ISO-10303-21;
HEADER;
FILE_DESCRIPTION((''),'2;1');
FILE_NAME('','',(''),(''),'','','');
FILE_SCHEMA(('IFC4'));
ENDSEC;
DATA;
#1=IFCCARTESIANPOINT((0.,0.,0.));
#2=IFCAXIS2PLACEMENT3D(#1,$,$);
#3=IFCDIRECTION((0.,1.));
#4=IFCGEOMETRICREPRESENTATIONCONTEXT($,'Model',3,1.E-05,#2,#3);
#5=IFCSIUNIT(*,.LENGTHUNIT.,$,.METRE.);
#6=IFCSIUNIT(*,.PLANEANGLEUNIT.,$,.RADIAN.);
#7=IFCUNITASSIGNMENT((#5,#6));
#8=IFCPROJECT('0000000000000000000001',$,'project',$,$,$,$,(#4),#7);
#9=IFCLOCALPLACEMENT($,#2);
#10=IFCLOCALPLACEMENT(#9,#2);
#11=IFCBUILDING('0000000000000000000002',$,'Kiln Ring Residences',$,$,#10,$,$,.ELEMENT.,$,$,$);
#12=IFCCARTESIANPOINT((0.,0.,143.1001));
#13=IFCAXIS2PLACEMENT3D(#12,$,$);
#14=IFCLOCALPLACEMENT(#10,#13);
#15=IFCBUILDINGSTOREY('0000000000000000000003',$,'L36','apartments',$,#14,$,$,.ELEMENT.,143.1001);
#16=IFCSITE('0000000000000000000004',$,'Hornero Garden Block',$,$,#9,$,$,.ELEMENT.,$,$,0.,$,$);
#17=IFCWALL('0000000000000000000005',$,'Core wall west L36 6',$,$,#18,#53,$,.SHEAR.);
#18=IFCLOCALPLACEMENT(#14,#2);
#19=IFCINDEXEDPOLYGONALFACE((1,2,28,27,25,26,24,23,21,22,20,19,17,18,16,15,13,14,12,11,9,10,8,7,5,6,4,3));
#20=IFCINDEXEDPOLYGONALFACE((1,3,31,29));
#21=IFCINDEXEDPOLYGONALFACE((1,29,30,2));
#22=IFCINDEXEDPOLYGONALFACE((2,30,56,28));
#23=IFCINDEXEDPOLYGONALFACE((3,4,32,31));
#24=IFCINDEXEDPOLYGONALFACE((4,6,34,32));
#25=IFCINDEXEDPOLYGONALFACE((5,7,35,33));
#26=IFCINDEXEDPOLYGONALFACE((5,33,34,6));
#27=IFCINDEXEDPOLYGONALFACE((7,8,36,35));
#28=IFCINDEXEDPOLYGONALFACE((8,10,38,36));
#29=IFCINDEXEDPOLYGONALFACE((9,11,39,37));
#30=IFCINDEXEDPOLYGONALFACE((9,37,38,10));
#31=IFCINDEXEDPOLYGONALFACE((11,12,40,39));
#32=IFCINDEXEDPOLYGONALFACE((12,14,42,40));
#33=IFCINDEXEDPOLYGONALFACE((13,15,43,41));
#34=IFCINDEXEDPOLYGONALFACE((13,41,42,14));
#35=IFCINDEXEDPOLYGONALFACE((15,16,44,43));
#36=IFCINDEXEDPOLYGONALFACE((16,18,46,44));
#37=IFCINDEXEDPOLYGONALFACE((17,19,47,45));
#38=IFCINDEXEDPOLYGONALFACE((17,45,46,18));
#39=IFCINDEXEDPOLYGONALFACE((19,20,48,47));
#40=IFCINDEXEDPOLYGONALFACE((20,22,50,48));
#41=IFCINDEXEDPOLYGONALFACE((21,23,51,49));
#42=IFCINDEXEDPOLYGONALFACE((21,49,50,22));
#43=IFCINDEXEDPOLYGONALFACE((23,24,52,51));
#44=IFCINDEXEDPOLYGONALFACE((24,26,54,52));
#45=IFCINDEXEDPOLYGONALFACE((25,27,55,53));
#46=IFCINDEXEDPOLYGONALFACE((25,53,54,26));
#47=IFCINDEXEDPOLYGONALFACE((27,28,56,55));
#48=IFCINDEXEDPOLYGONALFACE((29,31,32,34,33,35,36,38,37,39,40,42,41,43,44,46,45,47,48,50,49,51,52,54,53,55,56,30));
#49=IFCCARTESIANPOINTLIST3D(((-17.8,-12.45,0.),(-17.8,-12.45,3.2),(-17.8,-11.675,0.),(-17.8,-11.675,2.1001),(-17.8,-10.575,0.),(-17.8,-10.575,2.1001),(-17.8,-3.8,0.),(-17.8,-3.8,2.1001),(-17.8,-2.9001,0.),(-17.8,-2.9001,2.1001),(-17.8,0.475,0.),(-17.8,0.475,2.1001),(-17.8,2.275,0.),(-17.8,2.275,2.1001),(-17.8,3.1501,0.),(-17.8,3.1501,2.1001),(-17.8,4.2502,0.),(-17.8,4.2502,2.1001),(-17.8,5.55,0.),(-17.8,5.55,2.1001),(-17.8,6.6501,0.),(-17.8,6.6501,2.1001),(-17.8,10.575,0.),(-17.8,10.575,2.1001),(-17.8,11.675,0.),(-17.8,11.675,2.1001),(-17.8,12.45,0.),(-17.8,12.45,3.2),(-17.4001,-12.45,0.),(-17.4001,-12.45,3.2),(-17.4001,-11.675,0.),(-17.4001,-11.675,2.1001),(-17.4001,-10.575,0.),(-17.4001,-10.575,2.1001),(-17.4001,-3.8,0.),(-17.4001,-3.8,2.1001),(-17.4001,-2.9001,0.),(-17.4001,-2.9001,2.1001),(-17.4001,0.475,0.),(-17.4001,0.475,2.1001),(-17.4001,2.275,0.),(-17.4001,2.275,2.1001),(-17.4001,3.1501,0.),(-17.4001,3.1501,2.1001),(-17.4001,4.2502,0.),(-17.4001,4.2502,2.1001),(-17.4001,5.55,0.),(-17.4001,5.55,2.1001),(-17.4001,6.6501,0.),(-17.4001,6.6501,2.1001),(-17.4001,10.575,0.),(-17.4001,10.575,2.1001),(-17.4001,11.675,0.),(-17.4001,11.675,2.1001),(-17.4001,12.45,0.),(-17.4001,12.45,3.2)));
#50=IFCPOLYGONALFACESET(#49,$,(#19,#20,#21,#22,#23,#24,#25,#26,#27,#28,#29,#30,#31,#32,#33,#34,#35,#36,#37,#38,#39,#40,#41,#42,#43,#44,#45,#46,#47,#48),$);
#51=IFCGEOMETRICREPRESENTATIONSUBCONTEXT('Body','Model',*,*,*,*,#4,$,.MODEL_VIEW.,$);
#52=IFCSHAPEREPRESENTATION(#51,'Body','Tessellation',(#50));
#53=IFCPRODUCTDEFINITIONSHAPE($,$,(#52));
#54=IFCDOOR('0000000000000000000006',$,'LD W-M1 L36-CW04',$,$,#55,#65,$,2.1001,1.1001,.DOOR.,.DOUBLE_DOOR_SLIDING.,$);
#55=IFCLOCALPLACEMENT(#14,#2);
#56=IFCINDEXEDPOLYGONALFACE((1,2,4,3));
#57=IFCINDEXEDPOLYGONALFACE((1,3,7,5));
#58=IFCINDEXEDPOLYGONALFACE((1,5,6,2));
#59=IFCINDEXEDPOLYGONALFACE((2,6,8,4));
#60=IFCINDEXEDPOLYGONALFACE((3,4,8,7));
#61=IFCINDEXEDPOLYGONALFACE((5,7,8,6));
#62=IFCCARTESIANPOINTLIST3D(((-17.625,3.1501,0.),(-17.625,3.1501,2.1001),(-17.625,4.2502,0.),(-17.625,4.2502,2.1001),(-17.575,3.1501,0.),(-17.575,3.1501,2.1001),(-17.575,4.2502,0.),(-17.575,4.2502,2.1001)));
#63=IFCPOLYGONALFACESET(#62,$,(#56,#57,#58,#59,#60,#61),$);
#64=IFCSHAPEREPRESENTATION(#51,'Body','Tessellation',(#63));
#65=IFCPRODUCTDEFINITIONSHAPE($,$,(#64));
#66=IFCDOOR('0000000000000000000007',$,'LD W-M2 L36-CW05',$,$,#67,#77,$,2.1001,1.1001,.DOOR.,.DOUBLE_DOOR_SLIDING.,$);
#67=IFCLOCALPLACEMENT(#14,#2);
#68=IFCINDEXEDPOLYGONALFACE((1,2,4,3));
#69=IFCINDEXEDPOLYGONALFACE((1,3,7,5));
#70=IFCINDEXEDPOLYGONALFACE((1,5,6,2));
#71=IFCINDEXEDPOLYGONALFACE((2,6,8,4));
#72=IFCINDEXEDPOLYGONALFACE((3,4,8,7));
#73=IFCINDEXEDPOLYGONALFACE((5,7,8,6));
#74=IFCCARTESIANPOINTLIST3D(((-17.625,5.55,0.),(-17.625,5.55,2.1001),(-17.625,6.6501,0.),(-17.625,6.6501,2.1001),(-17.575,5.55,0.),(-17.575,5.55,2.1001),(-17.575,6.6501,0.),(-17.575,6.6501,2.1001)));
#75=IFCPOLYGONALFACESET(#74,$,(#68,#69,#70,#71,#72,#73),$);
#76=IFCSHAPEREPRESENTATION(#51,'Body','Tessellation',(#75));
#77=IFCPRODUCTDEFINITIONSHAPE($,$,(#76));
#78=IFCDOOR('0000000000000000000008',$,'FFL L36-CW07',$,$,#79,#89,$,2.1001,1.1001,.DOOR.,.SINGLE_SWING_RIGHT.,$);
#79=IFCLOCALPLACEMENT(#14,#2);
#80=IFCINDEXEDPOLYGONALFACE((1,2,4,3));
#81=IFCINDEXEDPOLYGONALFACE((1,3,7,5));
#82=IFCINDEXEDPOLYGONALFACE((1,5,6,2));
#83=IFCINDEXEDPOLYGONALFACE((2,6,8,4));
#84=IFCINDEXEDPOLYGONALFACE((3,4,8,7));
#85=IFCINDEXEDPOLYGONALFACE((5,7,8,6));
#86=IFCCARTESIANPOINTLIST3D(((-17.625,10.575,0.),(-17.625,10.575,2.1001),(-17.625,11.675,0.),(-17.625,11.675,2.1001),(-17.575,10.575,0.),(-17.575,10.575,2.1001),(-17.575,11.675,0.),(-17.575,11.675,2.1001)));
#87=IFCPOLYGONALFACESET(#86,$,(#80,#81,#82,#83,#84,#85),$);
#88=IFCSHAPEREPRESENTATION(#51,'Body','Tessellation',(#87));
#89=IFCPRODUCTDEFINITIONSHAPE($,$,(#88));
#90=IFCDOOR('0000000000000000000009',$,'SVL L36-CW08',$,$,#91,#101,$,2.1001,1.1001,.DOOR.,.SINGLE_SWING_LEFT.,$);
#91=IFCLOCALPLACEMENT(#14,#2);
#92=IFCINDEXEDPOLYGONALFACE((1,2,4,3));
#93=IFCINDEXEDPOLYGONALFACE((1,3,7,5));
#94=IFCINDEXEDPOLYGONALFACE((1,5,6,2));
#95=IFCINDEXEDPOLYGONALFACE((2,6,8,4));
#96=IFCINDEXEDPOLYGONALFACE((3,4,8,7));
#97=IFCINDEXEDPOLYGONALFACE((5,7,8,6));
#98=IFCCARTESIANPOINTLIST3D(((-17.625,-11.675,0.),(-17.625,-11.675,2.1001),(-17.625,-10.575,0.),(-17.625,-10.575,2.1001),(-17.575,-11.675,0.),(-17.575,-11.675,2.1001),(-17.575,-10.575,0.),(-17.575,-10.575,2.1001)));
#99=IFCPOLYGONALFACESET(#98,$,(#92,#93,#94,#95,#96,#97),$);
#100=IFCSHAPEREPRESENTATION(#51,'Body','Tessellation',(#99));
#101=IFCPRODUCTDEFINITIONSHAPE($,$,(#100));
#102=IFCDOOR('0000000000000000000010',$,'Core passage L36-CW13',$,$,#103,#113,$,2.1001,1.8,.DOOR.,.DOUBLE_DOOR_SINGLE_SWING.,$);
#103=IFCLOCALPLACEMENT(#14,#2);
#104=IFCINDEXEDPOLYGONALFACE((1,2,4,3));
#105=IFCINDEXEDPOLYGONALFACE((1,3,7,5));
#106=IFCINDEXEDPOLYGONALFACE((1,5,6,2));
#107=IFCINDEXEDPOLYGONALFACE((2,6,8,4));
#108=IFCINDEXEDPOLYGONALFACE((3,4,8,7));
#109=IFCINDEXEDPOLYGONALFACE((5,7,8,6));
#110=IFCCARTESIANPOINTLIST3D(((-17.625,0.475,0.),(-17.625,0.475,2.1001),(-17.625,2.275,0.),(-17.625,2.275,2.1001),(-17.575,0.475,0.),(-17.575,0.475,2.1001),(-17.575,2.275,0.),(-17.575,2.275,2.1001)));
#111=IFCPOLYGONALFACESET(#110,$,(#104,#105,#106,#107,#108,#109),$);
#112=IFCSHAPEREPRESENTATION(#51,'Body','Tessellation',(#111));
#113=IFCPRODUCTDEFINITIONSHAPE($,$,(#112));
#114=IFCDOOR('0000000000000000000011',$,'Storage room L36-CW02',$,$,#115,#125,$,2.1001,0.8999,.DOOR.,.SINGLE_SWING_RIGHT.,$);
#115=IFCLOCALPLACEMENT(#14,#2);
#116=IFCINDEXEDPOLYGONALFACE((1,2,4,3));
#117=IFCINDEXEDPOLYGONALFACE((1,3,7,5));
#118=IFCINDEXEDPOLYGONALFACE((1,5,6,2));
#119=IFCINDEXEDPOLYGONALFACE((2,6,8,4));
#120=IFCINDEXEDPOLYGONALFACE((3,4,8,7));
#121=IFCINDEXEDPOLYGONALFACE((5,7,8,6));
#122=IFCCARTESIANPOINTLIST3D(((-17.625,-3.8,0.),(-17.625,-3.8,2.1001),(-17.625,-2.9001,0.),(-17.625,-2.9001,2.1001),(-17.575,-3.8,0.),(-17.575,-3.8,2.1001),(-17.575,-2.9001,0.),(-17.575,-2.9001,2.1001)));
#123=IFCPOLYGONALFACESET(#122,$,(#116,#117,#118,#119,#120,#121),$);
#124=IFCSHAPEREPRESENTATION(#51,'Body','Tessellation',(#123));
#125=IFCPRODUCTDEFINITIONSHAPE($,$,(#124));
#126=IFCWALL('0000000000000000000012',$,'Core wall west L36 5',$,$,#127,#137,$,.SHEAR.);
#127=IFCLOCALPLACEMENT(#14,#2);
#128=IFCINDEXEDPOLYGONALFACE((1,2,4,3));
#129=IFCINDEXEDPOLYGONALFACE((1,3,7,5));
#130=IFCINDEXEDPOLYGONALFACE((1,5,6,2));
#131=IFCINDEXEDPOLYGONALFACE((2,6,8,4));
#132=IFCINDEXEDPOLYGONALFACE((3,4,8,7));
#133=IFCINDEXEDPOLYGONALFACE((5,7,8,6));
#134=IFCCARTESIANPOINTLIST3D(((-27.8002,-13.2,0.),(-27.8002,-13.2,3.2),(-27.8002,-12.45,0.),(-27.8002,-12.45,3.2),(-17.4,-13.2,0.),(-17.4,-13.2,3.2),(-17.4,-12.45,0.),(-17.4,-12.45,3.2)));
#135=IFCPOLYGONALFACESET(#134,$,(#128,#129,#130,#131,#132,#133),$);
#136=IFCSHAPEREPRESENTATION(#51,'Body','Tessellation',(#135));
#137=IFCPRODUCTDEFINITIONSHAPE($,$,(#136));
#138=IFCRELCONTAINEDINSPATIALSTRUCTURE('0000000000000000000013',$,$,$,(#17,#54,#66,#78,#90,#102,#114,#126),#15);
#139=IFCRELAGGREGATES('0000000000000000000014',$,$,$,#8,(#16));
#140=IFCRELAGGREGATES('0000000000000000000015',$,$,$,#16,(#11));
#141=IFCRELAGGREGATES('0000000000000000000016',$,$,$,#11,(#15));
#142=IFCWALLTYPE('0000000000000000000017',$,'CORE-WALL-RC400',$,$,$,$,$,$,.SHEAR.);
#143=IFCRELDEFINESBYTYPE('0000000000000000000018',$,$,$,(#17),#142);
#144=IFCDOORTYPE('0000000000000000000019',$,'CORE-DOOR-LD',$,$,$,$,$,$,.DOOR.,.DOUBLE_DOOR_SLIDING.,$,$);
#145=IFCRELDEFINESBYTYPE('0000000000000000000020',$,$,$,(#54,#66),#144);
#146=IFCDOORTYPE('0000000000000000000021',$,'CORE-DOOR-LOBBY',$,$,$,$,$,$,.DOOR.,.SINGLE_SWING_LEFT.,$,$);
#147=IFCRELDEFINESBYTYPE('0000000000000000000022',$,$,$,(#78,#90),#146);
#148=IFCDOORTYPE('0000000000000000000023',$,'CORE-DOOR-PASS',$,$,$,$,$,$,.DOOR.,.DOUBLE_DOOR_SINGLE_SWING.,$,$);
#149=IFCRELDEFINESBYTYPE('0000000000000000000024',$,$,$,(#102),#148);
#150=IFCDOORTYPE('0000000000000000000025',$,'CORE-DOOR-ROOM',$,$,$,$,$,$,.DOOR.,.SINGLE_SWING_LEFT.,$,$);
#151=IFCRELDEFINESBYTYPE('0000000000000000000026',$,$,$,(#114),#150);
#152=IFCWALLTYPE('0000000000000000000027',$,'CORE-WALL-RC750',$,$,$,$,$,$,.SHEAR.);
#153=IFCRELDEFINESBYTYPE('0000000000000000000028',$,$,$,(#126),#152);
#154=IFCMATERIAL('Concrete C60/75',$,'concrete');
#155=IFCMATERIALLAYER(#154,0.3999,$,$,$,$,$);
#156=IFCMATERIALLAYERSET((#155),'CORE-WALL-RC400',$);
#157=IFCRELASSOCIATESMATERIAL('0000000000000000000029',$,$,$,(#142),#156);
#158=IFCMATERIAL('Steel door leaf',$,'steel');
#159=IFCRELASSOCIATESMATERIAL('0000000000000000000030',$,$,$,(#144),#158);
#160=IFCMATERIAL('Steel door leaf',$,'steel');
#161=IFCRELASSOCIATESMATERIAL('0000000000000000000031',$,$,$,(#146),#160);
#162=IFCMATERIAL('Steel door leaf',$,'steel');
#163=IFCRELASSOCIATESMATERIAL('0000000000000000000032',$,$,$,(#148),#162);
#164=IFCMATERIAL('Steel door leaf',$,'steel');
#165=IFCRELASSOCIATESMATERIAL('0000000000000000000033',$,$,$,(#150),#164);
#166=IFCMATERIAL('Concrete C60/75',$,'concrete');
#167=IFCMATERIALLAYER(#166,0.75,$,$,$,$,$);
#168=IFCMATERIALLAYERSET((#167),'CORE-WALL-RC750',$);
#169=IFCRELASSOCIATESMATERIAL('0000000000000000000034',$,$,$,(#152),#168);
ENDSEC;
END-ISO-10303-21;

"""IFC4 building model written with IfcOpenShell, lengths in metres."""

from ifc_helpers import new_model, si_unit, direction, frame, frame_2d, origin, place, context, subcontext, project, spatial, rectangle, extrude, material, layer, layer_set, type_object, element, fill, save


model = new_model("IFC4")

# Units and contexts
model_context = context("Model", 3, precision=1e-05, world=origin(), true_north=direction((0.0, 1.0)))
body_context = subcontext(model_context, "Body", "Model", "MODEL_VIEW")
ifc_project = project(units=[si_unit("LENGTHUNIT", "METRE"), si_unit("PLANEANGLEUNIT", "RADIAN")], contexts=[model_context])

# Site, building, storey
site_placement = place(None, origin())
site = spatial("IfcSite", under=ifc_project, at=site_placement, Name="Hornero Garden Block", CompositionType="ELEMENT", RefElevation=0.0)
building_placement = place(site_placement, origin())
building = spatial("IfcBuilding", under=site, at=building_placement, Name="Kiln Ring Residences", CompositionType="ELEMENT")
storey_placement = place(building_placement, frame((0.0, 0.0, 143.1001)))
storey = spatial("IfcBuildingStorey", under=building, at=storey_placement, Name="L36", Description="apartments", CompositionType="ELEMENT", Elevation=143.1001)

# Wall, openings, doors
ifc_material_1 = material(Name="Concrete C60/75", Category="concrete")
ifc_layer_1 = layer(ifc_material_1, 0.3999)
ifc_layer_set_1 = layer_set([ifc_layer_1], Name="CORE-WALL-RC400")
wall_type_1 = type_object("IfcWallType", Name="CORE-WALL-RC400", PredefinedType="SHEAR", material=ifc_layer_set_1)
wall_1_placement = place(storey_placement, frame((-17.6001, -12.45, 0.0), z_axis=(0.0, 0.0, 1.0), x_axis=(0.0, 1.0, 0.0)))
wall_1 = element("IfcWall", 1, at=wall_1_placement, inside=storey, type_object=wall_type_1, Name="Core wall west L36 6", PredefinedType="SHEAR", context=body_context, shape_type="SweptSolid", body=[
    extrude(rectangle(XDim=24.8999, YDim=0.3999, at=frame_2d((12.45, 0.0))), origin(), (0.0, 0.0, 1.0), 3.2),
])
opening_1_placement = place(wall_1_placement, frame((8.6499, 0.0, 0.0)))
opening_1 = element("IfcOpeningElement", 2, at=opening_1_placement, cuts=wall_1, PredefinedType="OPENING", context=body_context, shape_type="SweptSolid", body=[
    extrude(rectangle(XDim=0.8999, YDim=2.1001, at=frame_2d((0.45, 1.05))), frame((0.0, 0.21, 0.0), z_axis=(0.0, -1.0, 0.0), x_axis=(1.0, 0.0, 0.0)), (0.0, 0.0, 1.0), 0.4199),
])
opening_2_placement = place(wall_1_placement, frame((15.6001, 0.0, 0.0)))
opening_2 = element("IfcOpeningElement", 3, at=opening_2_placement, cuts=wall_1, PredefinedType="OPENING", context=body_context, shape_type="SweptSolid", body=[
    extrude(rectangle(XDim=1.1001, YDim=2.1001, at=frame_2d((0.55, 1.05))), frame((0.0, 0.21, 0.0), z_axis=(0.0, -1.0, 0.0), x_axis=(1.0, 0.0, 0.0)), (0.0, 0.0, 1.0), 0.4199),
])
opening_3_placement = place(wall_1_placement, frame((18.0, 0.0, 0.0)))
opening_3 = element("IfcOpeningElement", 4, at=opening_3_placement, cuts=wall_1, PredefinedType="OPENING", context=body_context, shape_type="SweptSolid", body=[
    extrude(rectangle(XDim=1.1001, YDim=2.1001, at=frame_2d((0.55, 1.05))), frame((0.0, 0.21, 0.0), z_axis=(0.0, -1.0, 0.0), x_axis=(1.0, 0.0, 0.0)), (0.0, 0.0, 1.0), 0.4199),
])
opening_4_placement = place(wall_1_placement, frame((23.0249, 0.0, 0.0)))
opening_4 = element("IfcOpeningElement", 5, at=opening_4_placement, cuts=wall_1, PredefinedType="OPENING", context=body_context, shape_type="SweptSolid", body=[
    extrude(rectangle(XDim=1.1001, YDim=2.1001, at=frame_2d((0.55, 1.05))), frame((0.0, 0.21, 0.0), z_axis=(0.0, -1.0, 0.0), x_axis=(1.0, 0.0, 0.0)), (0.0, 0.0, 1.0), 0.4199),
])
opening_5_placement = place(wall_1_placement, frame((0.7749, 0.0, 0.0)))
opening_5 = element("IfcOpeningElement", 6, at=opening_5_placement, cuts=wall_1, PredefinedType="OPENING", context=body_context, shape_type="SweptSolid", body=[
    extrude(rectangle(XDim=1.1001, YDim=2.1001, at=frame_2d((0.55, 1.05))), frame((0.0, 0.21, 0.0), z_axis=(0.0, -1.0, 0.0), x_axis=(1.0, 0.0, 0.0)), (0.0, 0.0, 1.0), 0.4199),
])
opening_6_placement = place(wall_1_placement, frame((12.925, 0.0, 0.0)))
opening_6 = element("IfcOpeningElement", 7, at=opening_6_placement, cuts=wall_1, PredefinedType="OPENING", context=body_context, shape_type="SweptSolid", body=[
    extrude(rectangle(XDim=1.8, YDim=2.1001, at=frame_2d((0.8999, 1.05))), frame((0.0, 0.21, 0.0), z_axis=(0.0, -1.0, 0.0), x_axis=(1.0, 0.0, 0.0)), (0.0, 0.0, 1.0), 0.4199),
])
ifc_material_2 = material(Name="Steel door leaf", Category="steel")
door_type_1 = type_object("IfcDoorType", Name="CORE-DOOR-LD", OperationType="DOUBLE_DOOR_SLIDING", PredefinedType="DOOR", material=ifc_material_2)
door_1_placement = place(opening_2_placement, origin())
door_1 = element("IfcDoor", 8, at=door_1_placement, inside=storey, type_object=door_type_1, Name="LD W-M1 L36-CW04", OperationType="DOUBLE_DOOR_SLIDING", OverallHeight=2.1001, OverallWidth=1.1001, PredefinedType="DOOR", context=body_context, shape_type="SweptSolid", body=[
    extrude(rectangle(XDim=1.1001, YDim=2.1001, at=frame_2d((0.55, 1.05))), frame((0.0, 0.0249, 0.0), z_axis=(0.0, -1.0, 0.0), x_axis=(1.0, 0.0, 0.0)), (0.0, 0.0, 1.0), 0.05),
])
fill(opening_2, door_1)
door_2_placement = place(opening_3_placement, origin())
door_2 = element("IfcDoor", 9, at=door_2_placement, inside=storey, type_object=door_type_1, Name="LD W-M2 L36-CW05", OperationType="DOUBLE_DOOR_SLIDING", OverallHeight=2.1001, OverallWidth=1.1001, PredefinedType="DOOR", context=body_context, shape_type="SweptSolid", body=[
    extrude(rectangle(XDim=1.1001, YDim=2.1001, at=frame_2d((0.55, 1.05))), frame((0.0, 0.0249, 0.0), z_axis=(0.0, -1.0, 0.0), x_axis=(1.0, 0.0, 0.0)), (0.0, 0.0, 1.0), 0.05),
])
fill(opening_3, door_2)
ifc_material_3 = material(Name="Steel door leaf", Category="steel")
door_type_2 = type_object("IfcDoorType", Name="CORE-DOOR-LOBBY", OperationType="SINGLE_SWING_LEFT", PredefinedType="DOOR", material=ifc_material_3)
door_3_placement = place(opening_4_placement, origin())
door_3 = element("IfcDoor", 10, at=door_3_placement, inside=storey, type_object=door_type_2, Name="FFL L36-CW07", OperationType="SINGLE_SWING_RIGHT", OverallHeight=2.1001, OverallWidth=1.1001, PredefinedType="DOOR", context=body_context, shape_type="SweptSolid", body=[
    extrude(rectangle(XDim=1.1001, YDim=2.1001, at=frame_2d((0.55, 1.05))), frame((0.0, 0.0249, 0.0), z_axis=(0.0, -1.0, 0.0), x_axis=(1.0, 0.0, 0.0)), (0.0, 0.0, 1.0), 0.05),
])
fill(opening_4, door_3)
door_4_placement = place(opening_5_placement, origin())
door_4 = element("IfcDoor", 11, at=door_4_placement, inside=storey, type_object=door_type_2, Name="SVL L36-CW08", OperationType="SINGLE_SWING_LEFT", OverallHeight=2.1001, OverallWidth=1.1001, PredefinedType="DOOR", context=body_context, shape_type="SweptSolid", body=[
    extrude(rectangle(XDim=1.1001, YDim=2.1001, at=frame_2d((0.55, 1.05))), frame((0.0, 0.0249, 0.0), z_axis=(0.0, -1.0, 0.0), x_axis=(1.0, 0.0, 0.0)), (0.0, 0.0, 1.0), 0.05),
])
fill(opening_5, door_4)
ifc_material_4 = material(Name="Steel door leaf", Category="steel")
door_type_3 = type_object("IfcDoorType", Name="CORE-DOOR-PASS", OperationType="DOUBLE_DOOR_SINGLE_SWING", PredefinedType="DOOR", material=ifc_material_4)
door_5_placement = place(opening_6_placement, origin())
door_5 = element("IfcDoor", 12, at=door_5_placement, inside=storey, type_object=door_type_3, Name="Core passage L36-CW13", OperationType="DOUBLE_DOOR_SINGLE_SWING", OverallHeight=2.1001, OverallWidth=1.8, PredefinedType="DOOR", context=body_context, shape_type="SweptSolid", body=[
    extrude(rectangle(XDim=1.8, YDim=2.1001, at=frame_2d((0.8999, 1.05))), frame((0.0, 0.0249, 0.0), z_axis=(0.0, -1.0, 0.0), x_axis=(1.0, 0.0, 0.0)), (0.0, 0.0, 1.0), 0.05),
])
fill(opening_6, door_5)
ifc_material_5 = material(Name="Steel door leaf", Category="steel")
door_type_4 = type_object("IfcDoorType", Name="CORE-DOOR-ROOM", OperationType="SINGLE_SWING_LEFT", PredefinedType="DOOR", material=ifc_material_5)
door_6_placement = place(opening_1_placement, origin())
door_6 = element("IfcDoor", 13, at=door_6_placement, inside=storey, type_object=door_type_4, Name="Storage room L36-CW02", OperationType="SINGLE_SWING_RIGHT", OverallHeight=2.1001, OverallWidth=0.8999, PredefinedType="DOOR", context=body_context, shape_type="SweptSolid", body=[
    extrude(rectangle(XDim=0.8999, YDim=2.1001, at=frame_2d((0.45, 1.05))), frame((0.0, 0.0249, 0.0), z_axis=(0.0, -1.0, 0.0), x_axis=(1.0, 0.0, 0.0)), (0.0, 0.0, 1.0), 0.05),
])
fill(opening_1, door_6)

# Wall
ifc_material_6 = material(Name="Concrete C60/75", Category="concrete")
ifc_layer_2 = layer(ifc_material_6, 0.75)
ifc_layer_set_2 = layer_set([ifc_layer_2], Name="CORE-WALL-RC750")
wall_type_2 = type_object("IfcWallType", Name="CORE-WALL-RC750", PredefinedType="SHEAR", material=ifc_layer_set_2)
wall_2_placement = place(storey_placement, frame((-17.3999, -12.825, 0.0), z_axis=(0.0, 0.0, 1.0), x_axis=(-1.0, 0.0, 0.0)))
element("IfcWall", 14, at=wall_2_placement, inside=storey, type_object=wall_type_2, Name="Core wall west L36 5", PredefinedType="SHEAR", context=body_context, shape_type="SweptSolid", body=[
    extrude(rectangle(XDim=10.4001, YDim=0.75, at=frame_2d((5.2002, 0.0))), origin(), (0.0, 0.0, 1.0), 3.2),
])

save(model, "model.ifc")
